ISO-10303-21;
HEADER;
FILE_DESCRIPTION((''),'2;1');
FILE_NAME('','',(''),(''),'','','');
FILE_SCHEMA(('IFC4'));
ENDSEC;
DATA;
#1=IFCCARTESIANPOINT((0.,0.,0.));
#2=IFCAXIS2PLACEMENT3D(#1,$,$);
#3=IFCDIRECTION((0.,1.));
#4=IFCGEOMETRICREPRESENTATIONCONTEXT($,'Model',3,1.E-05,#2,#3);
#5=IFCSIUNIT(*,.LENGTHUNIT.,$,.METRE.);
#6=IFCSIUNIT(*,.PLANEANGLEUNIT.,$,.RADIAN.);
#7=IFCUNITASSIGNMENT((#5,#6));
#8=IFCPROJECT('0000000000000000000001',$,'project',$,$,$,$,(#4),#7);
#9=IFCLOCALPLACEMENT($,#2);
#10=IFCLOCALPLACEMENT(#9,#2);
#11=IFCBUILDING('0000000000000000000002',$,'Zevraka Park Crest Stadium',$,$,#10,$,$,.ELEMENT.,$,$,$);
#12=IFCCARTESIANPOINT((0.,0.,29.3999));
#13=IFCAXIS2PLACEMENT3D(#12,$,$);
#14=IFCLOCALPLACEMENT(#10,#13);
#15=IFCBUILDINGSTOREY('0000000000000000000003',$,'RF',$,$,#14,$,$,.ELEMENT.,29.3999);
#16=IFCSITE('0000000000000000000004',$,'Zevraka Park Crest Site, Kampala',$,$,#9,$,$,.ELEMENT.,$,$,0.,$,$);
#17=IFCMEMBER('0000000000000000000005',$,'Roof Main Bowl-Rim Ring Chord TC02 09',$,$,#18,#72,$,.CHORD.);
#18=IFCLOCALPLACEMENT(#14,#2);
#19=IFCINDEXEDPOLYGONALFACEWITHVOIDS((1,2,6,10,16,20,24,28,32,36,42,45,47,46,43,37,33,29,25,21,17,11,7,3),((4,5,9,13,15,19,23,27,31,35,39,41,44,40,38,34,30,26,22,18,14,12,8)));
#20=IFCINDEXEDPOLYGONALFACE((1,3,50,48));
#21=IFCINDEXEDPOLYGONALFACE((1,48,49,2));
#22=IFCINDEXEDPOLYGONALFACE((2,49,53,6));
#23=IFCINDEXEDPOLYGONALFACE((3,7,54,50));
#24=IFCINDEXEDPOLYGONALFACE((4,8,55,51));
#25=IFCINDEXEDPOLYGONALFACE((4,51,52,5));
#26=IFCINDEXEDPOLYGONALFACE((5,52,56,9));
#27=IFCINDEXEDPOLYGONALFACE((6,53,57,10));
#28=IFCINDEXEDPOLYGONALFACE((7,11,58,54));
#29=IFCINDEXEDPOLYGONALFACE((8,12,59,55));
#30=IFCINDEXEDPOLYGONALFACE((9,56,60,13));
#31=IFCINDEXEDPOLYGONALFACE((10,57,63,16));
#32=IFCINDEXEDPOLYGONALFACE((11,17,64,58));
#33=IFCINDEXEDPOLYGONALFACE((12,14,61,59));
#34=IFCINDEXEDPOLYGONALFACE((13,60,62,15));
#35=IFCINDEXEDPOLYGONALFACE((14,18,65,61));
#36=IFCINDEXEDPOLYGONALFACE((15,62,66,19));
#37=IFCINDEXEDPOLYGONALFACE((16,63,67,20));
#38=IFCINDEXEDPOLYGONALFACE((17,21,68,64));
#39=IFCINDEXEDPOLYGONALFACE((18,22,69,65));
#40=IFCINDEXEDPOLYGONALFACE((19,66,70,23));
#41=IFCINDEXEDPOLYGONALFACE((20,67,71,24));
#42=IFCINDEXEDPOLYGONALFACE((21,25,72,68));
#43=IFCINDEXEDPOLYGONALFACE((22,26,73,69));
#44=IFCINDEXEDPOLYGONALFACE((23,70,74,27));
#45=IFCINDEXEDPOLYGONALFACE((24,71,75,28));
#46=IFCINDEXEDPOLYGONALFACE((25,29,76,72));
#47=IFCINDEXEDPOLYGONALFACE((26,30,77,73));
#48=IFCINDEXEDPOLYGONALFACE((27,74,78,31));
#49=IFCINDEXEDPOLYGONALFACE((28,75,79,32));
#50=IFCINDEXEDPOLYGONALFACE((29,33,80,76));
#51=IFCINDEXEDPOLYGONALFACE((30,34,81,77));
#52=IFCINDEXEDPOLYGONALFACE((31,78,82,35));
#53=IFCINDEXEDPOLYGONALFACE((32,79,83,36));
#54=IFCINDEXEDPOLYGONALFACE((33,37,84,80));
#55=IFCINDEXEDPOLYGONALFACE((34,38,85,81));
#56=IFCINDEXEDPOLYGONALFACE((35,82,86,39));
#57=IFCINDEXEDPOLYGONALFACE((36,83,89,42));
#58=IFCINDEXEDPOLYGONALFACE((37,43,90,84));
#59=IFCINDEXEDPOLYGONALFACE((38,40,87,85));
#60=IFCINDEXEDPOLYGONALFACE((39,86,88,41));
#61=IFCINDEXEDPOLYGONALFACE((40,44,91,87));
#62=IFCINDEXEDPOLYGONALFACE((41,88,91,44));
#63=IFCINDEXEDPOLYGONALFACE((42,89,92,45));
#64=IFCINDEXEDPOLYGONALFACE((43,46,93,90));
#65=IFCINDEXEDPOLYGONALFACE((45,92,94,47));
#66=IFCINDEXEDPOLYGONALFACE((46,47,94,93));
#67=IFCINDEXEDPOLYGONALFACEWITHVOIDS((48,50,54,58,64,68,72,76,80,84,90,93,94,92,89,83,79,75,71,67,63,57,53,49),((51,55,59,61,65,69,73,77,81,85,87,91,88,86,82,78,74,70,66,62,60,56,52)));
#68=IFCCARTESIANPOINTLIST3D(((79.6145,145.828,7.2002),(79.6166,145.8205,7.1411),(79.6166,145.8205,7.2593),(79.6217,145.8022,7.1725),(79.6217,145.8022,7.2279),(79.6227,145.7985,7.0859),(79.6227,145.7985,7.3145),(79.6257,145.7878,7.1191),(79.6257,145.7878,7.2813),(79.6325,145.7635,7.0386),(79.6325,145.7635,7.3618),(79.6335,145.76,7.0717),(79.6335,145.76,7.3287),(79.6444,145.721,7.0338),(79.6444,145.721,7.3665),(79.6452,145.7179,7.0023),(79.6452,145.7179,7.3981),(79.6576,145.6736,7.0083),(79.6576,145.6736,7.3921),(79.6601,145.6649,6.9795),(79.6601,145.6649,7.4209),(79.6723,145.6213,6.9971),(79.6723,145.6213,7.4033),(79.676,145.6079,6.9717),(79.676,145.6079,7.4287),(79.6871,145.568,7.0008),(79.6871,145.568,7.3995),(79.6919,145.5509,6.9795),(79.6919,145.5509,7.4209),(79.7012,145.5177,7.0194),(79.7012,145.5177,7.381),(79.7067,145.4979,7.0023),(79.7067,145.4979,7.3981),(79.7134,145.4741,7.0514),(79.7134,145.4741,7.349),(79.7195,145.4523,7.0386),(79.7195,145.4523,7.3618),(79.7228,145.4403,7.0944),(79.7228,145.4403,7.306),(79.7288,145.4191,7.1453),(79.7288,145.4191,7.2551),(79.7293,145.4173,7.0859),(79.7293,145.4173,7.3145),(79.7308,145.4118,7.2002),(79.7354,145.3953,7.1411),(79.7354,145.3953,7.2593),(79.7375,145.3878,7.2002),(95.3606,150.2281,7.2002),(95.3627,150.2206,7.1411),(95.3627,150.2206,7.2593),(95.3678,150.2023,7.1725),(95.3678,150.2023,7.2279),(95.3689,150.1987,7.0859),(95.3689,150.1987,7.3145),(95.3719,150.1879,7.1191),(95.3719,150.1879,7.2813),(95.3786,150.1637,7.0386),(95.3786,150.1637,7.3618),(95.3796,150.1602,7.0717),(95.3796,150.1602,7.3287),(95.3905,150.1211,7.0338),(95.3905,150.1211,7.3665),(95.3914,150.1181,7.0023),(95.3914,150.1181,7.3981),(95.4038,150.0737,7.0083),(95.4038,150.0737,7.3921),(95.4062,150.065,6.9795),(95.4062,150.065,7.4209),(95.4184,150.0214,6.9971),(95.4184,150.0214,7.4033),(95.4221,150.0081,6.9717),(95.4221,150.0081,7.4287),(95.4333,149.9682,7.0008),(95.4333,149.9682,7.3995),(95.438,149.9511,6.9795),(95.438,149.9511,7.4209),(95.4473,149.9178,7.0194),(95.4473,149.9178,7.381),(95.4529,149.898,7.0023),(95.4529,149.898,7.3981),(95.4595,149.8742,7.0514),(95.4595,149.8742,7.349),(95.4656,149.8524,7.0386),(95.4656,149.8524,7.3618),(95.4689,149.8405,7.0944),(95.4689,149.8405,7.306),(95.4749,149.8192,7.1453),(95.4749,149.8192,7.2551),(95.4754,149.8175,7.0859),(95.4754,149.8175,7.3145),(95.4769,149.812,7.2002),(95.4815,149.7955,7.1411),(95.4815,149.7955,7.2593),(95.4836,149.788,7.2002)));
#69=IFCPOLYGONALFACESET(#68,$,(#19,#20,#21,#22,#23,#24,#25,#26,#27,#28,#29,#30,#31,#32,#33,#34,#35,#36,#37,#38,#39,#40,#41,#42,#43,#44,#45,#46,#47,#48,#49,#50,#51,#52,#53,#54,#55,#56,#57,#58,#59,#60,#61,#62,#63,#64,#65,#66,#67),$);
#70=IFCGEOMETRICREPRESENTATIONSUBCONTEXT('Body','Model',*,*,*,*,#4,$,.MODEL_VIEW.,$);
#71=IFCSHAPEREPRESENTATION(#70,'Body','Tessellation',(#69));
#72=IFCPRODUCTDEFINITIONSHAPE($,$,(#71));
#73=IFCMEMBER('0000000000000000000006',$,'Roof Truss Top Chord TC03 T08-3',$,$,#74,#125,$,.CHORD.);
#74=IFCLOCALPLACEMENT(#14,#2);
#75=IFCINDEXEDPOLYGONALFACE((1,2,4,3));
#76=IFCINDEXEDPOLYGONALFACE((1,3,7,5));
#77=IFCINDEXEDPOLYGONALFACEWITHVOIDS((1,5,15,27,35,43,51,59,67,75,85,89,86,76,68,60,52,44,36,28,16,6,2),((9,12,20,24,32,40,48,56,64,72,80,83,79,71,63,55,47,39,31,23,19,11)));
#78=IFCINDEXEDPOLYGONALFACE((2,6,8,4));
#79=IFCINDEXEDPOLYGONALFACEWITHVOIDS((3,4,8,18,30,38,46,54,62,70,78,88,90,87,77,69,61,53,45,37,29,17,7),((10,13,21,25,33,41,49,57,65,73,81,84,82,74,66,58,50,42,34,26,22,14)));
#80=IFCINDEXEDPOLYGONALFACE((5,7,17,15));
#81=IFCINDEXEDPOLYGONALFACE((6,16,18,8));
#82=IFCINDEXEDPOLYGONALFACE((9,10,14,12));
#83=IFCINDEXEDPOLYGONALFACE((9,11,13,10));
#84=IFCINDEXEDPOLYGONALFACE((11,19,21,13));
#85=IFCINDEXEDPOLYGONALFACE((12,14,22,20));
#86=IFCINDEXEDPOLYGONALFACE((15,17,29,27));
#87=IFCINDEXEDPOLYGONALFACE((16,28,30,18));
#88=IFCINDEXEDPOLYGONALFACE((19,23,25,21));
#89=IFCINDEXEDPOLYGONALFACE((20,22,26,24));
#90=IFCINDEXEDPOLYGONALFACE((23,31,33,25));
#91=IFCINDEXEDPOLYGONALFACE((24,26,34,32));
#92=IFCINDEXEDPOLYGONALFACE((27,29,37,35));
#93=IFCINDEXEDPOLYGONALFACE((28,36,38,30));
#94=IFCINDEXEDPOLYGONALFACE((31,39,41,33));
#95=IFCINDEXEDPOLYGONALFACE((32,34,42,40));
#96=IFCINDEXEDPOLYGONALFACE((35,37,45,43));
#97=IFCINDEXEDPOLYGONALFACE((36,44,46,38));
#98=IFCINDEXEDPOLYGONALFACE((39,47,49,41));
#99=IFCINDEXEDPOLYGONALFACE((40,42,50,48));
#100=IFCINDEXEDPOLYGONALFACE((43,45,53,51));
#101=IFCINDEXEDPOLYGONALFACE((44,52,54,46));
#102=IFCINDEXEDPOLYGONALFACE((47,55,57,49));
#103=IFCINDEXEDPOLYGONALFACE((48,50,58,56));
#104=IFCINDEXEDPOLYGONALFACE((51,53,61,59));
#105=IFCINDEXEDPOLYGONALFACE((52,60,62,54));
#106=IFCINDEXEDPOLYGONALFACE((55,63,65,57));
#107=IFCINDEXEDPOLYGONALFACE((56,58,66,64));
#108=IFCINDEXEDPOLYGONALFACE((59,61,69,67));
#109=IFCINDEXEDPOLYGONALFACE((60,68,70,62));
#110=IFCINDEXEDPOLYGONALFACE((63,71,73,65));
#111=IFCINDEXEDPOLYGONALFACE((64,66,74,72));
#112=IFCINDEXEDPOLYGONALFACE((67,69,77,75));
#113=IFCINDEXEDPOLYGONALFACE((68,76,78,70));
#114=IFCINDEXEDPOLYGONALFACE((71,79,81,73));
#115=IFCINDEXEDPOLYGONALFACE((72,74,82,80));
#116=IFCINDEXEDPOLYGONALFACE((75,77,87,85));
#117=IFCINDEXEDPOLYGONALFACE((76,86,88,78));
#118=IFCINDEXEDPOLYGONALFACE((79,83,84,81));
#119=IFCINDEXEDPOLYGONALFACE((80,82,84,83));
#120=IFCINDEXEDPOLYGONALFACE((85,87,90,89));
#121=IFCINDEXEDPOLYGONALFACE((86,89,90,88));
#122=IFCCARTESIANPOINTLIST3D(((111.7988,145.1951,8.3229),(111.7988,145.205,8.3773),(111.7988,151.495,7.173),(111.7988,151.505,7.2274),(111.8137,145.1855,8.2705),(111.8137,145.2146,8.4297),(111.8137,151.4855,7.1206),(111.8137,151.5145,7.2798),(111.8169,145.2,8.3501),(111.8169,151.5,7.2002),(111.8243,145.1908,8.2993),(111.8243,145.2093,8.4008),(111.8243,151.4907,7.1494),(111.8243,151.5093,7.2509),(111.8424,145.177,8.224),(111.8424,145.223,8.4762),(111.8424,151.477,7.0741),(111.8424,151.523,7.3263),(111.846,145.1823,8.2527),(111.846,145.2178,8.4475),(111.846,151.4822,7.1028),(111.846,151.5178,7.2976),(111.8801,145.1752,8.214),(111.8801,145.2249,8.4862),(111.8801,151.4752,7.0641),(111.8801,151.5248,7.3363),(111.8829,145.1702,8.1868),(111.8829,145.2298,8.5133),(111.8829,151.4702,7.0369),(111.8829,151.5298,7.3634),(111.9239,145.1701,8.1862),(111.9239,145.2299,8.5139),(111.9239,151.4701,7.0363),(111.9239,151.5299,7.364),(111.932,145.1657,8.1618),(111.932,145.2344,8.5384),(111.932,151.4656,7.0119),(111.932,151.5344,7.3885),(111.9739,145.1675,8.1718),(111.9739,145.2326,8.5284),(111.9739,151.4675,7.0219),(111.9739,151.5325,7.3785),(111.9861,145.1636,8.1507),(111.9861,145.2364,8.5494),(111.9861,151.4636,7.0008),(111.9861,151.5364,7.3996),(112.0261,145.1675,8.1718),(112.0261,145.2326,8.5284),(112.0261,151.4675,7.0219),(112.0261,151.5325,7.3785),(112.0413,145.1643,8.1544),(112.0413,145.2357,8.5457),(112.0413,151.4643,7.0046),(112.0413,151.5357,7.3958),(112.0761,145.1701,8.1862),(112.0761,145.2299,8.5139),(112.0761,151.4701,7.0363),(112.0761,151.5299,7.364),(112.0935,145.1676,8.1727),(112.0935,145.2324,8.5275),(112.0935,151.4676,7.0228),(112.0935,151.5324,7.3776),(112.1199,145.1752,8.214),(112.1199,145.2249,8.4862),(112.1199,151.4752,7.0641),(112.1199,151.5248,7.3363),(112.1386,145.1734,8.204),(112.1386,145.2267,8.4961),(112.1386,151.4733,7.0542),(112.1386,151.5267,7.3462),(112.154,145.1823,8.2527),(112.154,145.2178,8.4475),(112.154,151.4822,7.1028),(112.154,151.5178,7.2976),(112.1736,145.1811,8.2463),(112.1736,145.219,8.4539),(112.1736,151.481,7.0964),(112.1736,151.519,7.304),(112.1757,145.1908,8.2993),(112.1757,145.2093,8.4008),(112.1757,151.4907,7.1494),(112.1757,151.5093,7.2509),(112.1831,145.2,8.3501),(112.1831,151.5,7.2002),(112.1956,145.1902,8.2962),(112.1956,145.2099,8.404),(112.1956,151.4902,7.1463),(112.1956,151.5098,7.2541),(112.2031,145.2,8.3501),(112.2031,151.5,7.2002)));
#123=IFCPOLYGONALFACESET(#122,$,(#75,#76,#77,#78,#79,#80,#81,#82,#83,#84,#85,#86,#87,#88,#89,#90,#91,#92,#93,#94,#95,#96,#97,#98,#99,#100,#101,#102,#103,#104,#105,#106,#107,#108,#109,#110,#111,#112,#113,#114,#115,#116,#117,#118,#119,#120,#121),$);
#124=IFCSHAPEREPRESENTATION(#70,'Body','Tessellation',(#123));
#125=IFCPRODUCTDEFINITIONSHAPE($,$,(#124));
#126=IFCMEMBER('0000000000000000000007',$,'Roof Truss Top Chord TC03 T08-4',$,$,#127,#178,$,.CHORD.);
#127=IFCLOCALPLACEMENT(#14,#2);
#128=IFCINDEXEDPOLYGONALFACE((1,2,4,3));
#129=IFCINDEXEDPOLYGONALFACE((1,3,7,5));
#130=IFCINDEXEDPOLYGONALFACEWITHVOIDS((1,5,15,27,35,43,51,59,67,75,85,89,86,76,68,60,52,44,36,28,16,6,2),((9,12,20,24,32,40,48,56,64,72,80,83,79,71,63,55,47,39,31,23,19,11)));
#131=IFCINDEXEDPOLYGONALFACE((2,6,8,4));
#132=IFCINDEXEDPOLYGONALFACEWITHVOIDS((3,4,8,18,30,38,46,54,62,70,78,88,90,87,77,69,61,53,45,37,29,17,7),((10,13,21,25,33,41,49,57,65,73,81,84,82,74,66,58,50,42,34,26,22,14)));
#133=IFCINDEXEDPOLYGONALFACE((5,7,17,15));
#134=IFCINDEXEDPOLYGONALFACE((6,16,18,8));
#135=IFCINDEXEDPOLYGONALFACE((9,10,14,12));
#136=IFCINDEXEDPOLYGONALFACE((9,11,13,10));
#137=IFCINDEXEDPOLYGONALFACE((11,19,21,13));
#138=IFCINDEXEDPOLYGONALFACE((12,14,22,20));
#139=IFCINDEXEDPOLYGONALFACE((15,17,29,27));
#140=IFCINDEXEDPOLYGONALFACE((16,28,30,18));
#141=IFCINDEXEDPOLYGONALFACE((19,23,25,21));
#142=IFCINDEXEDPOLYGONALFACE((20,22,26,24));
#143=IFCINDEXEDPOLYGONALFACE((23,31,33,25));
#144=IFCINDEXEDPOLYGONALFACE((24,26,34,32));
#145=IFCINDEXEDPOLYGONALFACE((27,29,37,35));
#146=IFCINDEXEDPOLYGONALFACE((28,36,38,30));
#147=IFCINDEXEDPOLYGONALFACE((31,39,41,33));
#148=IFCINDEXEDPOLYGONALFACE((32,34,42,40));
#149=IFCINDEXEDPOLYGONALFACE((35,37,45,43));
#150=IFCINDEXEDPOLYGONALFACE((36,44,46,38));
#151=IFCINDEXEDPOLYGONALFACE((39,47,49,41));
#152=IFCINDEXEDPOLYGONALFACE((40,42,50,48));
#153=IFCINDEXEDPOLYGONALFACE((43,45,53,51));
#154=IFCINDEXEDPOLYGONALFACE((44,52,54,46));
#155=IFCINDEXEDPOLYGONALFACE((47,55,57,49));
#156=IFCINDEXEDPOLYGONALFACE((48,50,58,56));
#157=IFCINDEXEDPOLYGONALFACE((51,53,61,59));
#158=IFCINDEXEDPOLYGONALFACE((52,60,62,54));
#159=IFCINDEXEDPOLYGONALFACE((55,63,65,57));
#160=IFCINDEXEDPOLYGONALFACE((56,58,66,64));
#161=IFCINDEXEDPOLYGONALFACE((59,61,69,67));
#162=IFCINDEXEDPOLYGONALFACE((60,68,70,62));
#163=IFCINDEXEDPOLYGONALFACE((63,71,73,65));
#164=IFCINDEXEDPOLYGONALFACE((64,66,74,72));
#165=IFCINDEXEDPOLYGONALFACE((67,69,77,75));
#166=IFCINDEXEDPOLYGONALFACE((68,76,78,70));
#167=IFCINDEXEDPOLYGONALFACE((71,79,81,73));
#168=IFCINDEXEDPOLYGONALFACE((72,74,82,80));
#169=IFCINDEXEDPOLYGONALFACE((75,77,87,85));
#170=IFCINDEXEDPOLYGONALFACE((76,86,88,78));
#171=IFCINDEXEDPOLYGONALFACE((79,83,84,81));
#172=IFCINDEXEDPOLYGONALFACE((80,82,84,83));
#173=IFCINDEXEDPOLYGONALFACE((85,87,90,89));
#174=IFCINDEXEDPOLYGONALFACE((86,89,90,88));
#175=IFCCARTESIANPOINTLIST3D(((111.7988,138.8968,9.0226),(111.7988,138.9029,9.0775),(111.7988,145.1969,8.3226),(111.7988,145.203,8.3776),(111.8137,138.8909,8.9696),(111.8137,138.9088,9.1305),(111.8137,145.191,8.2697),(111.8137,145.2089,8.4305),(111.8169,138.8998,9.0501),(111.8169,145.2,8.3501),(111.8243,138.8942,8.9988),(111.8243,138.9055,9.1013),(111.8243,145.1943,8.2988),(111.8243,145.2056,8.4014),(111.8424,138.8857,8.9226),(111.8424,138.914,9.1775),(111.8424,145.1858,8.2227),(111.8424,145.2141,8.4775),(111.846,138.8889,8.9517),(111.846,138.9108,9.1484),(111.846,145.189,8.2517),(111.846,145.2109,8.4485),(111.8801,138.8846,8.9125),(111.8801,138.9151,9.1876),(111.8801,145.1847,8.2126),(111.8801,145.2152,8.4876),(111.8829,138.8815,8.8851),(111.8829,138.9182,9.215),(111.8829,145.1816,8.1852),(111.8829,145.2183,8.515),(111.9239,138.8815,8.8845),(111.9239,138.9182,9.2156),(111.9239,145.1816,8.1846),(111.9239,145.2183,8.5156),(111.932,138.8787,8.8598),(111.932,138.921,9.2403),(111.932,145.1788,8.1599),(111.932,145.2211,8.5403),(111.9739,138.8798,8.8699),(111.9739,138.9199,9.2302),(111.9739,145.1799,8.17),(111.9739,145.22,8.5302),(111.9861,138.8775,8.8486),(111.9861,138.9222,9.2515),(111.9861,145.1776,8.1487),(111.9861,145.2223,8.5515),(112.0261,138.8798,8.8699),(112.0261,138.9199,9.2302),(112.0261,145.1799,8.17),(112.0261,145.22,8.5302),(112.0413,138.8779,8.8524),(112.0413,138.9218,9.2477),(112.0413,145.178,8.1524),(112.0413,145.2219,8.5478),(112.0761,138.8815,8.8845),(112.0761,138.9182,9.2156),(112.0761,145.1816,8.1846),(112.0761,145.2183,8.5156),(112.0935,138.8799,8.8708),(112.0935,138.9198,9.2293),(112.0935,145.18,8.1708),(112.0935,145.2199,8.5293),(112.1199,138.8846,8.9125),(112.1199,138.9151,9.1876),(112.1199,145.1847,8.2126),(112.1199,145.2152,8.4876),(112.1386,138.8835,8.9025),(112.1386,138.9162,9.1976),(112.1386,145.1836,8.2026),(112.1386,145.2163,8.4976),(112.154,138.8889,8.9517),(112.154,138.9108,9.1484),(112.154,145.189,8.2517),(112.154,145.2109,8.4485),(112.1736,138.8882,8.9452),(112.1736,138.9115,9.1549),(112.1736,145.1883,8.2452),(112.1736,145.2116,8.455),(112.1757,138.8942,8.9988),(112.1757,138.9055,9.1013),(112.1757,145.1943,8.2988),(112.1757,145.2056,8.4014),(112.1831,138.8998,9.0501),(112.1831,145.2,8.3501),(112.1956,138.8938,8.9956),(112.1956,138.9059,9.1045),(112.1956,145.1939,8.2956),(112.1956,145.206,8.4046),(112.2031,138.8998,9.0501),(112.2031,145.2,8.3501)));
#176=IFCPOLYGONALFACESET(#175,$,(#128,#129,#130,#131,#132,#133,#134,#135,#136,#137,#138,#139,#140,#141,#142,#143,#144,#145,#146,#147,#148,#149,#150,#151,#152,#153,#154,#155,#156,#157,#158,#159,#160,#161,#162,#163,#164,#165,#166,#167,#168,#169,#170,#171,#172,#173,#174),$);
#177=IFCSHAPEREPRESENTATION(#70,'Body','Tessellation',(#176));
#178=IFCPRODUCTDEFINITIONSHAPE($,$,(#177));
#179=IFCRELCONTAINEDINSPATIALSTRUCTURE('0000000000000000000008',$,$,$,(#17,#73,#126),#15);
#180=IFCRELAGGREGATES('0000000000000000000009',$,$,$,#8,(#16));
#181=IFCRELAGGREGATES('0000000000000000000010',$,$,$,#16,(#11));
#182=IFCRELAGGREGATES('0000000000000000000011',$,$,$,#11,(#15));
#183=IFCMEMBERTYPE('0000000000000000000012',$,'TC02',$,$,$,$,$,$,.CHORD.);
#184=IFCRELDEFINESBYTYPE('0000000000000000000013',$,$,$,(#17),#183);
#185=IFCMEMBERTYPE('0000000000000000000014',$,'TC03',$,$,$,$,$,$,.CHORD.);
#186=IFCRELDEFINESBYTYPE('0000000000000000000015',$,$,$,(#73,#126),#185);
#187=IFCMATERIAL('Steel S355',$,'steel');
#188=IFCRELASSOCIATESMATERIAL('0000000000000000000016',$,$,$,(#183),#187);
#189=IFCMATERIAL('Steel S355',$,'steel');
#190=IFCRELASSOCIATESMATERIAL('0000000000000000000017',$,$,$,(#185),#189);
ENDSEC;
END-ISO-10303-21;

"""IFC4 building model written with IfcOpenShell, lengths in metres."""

from ifc_helpers import new_model, si_unit, direction, frame, origin, origin_2d, place, context, subcontext, project, spatial, hollow_circle, extrude, material, material_profile, profile_set, type_object, element, save


model = new_model("IFC4")

# Units and contexts
model_context = context("Model", 3, precision=1e-05, world=origin(), true_north=direction((0.0, 1.0)))
body_context = subcontext(model_context, "Body", "Model", "MODEL_VIEW")
ifc_project = project(units=[si_unit("LENGTHUNIT", "METRE"), si_unit("PLANEANGLEUNIT", "RADIAN")], contexts=[model_context])

# Site, building, storey
site_placement = place(None, origin())
site = spatial("IfcSite", under=ifc_project, at=site_placement, Name="Zevraka Park Crest Site, Kampala", CompositionType="ELEMENT", RefElevation=0.0)
building_placement = place(site_placement, origin())
building = spatial("IfcBuilding", under=site, at=building_placement, Name="Zevraka Park Crest Stadium", CompositionType="ELEMENT")
storey_placement = place(building_placement, frame((0.0, 0.0, 29.3999)))
storey = spatial("IfcBuildingStorey", under=building, at=storey_placement, Name="RF", CompositionType="ELEMENT", Elevation=29.3999)

# Members
ifc_material_1 = material(Name="Steel S355", Category="steel")
ifc_material_profile_1 = material_profile(ifc_material_1, hollow_circle(Radius=0.2285, WallThickness=0.0249, at=origin_2d()), Name="CHS 457.0x25")
ifc_profile_set_1 = profile_set([ifc_material_profile_1], Name="Steel S355")
member_type_1 = type_object("IfcMemberType", Name="TC02", PredefinedType="CHORD", material=ifc_profile_set_1)
member_1_placement = place(storey_placement, frame((95.4221, 150.0081, 7.2002), z_axis=(-0.963103, -0.269133, 0.0), x_axis=(0.269133, -0.963103, 0.0)))
element("IfcMember", 1, at=member_1_placement, inside=storey, type_object=member_type_1, Name="Roof Main Bowl-Rim Ring Chord TC02 09", PredefinedType="CHORD", context=body_context, shape_type="SweptSolid", body=[
    extrude(hollow_circle(Radius=0.2285, WallThickness=0.0249, at=origin_2d()), origin(), (0.0, 0.0, 1.0), 16.3494),
])
ifc_material_2 = material(Name="Steel S355", Category="steel")
ifc_material_profile_2 = material_profile(ifc_material_2, hollow_circle(Radius=0.2031, WallThickness=0.02, at=origin_2d()), Name="CHS 406.4x20")
ifc_profile_set_2 = profile_set([ifc_material_profile_2], Name="Steel S355")
member_type_2 = type_object("IfcMemberType", Name="TC03", PredefinedType="CHORD", material=ifc_profile_set_2)
member_2_placement = place(storey_placement, frame((112.0, 151.5, 7.2002), z_axis=(0.0, -0.983748, 0.179556), x_axis=(1.0, 0.0, 0.0)))
element("IfcMember", 2, at=member_2_placement, inside=storey, type_object=member_type_2, Name="Roof Truss Top Chord TC03 T08-3", PredefinedType="CHORD", context=body_context, shape_type="SweptSolid", body=[
    extrude(hollow_circle(Radius=0.2031, WallThickness=0.02, at=origin_2d()), origin(), (0.0, 0.0, 1.0), 6.4041),
])
member_3_placement = place(storey_placement, frame((112.0, 145.2, 8.3501), z_axis=(0.0, -0.993885, 0.110423), x_axis=(1.0, 0.0, 0.0)))
element("IfcMember", 3, at=member_3_placement, inside=storey, type_object=member_type_2, Name="Roof Truss Top Chord TC03 T08-4", PredefinedType="CHORD", context=body_context, shape_type="SweptSolid", body=[
    extrude(hollow_circle(Radius=0.2031, WallThickness=0.02, at=origin_2d()), origin(), (0.0, 0.0, 1.0), 6.3389),
])

save(model, "model.ifc")
